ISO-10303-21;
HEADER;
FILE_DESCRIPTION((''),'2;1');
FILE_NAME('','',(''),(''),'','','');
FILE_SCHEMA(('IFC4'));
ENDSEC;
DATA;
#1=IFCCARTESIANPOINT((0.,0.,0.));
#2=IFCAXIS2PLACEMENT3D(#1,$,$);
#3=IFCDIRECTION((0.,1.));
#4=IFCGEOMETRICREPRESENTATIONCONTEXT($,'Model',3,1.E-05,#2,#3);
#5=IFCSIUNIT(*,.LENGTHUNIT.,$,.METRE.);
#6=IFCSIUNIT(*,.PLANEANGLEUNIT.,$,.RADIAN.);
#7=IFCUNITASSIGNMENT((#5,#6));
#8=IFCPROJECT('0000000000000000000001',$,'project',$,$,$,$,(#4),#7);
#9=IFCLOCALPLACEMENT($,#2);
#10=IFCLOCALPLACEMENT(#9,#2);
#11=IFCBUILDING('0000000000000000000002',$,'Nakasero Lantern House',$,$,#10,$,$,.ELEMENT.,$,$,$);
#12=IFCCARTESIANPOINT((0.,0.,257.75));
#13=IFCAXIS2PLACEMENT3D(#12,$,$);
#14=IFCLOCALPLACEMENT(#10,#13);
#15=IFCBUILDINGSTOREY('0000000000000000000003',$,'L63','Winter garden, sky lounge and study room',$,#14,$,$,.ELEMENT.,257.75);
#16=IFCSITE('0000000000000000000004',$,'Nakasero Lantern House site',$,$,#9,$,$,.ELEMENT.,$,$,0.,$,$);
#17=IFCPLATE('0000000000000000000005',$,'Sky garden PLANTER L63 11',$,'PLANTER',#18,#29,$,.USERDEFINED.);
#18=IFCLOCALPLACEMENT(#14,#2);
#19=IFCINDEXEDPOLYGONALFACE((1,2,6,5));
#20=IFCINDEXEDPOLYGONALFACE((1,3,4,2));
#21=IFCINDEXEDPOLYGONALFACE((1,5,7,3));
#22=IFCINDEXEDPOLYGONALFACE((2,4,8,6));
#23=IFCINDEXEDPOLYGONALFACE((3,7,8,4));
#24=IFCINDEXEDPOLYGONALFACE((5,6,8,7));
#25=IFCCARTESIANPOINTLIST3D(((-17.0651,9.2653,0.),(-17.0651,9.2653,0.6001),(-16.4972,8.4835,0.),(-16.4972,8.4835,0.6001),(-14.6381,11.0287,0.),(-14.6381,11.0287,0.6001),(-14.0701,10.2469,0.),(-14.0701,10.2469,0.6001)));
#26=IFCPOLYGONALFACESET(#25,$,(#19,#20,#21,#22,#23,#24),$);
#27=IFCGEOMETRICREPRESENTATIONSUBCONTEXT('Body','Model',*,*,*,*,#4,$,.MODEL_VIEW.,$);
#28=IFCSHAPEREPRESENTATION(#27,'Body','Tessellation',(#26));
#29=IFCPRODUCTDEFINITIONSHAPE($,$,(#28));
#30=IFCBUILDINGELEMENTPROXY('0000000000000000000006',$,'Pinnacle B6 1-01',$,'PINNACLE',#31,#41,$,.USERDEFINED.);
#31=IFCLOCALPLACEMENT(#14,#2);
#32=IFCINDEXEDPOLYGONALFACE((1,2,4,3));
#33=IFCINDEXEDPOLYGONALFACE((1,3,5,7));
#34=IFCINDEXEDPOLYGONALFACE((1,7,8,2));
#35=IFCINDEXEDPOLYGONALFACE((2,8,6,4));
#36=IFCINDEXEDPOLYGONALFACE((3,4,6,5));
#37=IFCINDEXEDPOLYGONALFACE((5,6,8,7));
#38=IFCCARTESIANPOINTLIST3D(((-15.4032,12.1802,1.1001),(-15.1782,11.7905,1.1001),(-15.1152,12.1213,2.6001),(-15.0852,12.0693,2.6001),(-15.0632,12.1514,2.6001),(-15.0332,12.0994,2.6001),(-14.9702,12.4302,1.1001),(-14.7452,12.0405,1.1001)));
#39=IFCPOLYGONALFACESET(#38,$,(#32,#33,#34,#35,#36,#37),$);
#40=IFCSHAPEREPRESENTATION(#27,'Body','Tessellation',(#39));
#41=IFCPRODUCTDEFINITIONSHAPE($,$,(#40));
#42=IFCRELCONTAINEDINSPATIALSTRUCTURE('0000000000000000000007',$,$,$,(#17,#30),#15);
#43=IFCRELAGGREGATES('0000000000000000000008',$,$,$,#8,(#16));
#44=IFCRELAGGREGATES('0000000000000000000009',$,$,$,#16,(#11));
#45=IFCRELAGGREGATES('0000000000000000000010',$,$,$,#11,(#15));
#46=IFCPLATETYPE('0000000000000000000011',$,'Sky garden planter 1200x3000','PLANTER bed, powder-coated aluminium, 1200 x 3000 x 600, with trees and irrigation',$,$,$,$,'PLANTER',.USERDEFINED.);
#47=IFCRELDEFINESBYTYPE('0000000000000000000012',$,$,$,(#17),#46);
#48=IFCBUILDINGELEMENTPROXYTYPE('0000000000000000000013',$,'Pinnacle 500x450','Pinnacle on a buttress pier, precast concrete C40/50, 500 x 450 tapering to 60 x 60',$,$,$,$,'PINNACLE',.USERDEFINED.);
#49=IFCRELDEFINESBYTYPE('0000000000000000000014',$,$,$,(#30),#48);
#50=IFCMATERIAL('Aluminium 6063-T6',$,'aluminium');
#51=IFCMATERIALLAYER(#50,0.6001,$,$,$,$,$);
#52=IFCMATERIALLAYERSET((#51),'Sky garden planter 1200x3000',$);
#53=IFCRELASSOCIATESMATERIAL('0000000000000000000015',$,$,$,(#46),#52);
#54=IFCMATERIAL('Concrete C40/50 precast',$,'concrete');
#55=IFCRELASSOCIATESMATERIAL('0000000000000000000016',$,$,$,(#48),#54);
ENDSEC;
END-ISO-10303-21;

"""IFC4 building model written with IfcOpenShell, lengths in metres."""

from ifc_helpers import new_model, entity, si_unit, direction, frame, origin, origin_2d, place, context, subcontext, project, spatial, rectangle, extrude, material, layer, layer_set, type_object, element, save


model = new_model("IFC4")

# Units and contexts
model_context = context("Model", 3, precision=1e-05, world=origin(), true_north=direction((0.0, 1.0)))
body_context = subcontext(model_context, "Body", "Model", "MODEL_VIEW")
ifc_project = project(units=[si_unit("LENGTHUNIT", "METRE"), si_unit("PLANEANGLEUNIT", "RADIAN")], contexts=[model_context])

# Site, building, storey
site_placement = place(None, origin())
site = spatial("IfcSite", under=ifc_project, at=site_placement, Name="Nakasero Lantern House site", CompositionType="ELEMENT", RefElevation=0.0)
building_placement = place(site_placement, origin())
building = spatial("IfcBuilding", under=site, at=building_placement, Name="Nakasero Lantern House", CompositionType="ELEMENT")
storey_placement = place(building_placement, frame((0.0, 0.0, 257.75)))
storey = spatial("IfcBuildingStorey", under=building, at=storey_placement, Name="L63", Description="Winter garden, sky lounge and study room", CompositionType="ELEMENT", Elevation=257.75)

# Plate
ifc_material_1 = material(Name="Aluminium 6063-T6", Category="aluminium")
ifc_layer_1 = layer(ifc_material_1, 0.6001)
ifc_layer_set_1 = layer_set([ifc_layer_1], Name="Sky garden planter 1200x3000")
plate_type_1 = type_object("IfcPlateType", Name="Sky garden planter 1200x3000", Description="PLANTER bed, powder-coated aluminium, 1200 x 3000 x 600, with trees and irrigation", ElementType="PLANTER", PredefinedType="USERDEFINED", material=ifc_layer_set_1)
plate_1_placement = place(storey_placement, frame((-15.5676, 9.7561, 0.0), z_axis=(0.0, 0.0, 1.0), x_axis=(-0.587785, 0.809017, 0.0)))
element("IfcPlate", 1, at=plate_1_placement, inside=storey, type_object=plate_type_1, Name="Sky garden PLANTER L63 11", ObjectType="PLANTER", PredefinedType="USERDEFINED", context=body_context, shape_type="SweptSolid", body=[
    extrude(rectangle(XDim=0.9663, YDim=3.0, at=origin_2d()), origin(), (0.0, 0.0, 1.0), 0.6001),
])

# Building element proxy
ifc_material_2 = material(Name="Concrete C40/50 precast", Category="concrete")
building_element_proxy_type = type_object("IfcBuildingElementProxyType", Name="Pinnacle 500x450", Description="Pinnacle on a buttress pier, precast concrete C40/50, 500 x 450 tapering to 60 x 60", ElementType="PINNACLE", PredefinedType="USERDEFINED", material=ifc_material_2)
proxy_placement = place(storey_placement, frame((-15.0742, 12.1104, 1.1001), z_axis=(0.0, 0.0, 1.0), x_axis=(-0.5, 0.866025, 0.0)))
element("IfcBuildingElementProxy", 2, at=proxy_placement, inside=storey, type_object=building_element_proxy_type, Name="Pinnacle B6 1-01", ObjectType="PINNACLE", PredefinedType="USERDEFINED", context=body_context, shape_type="SweptSolid", body=[
    entity("IfcExtrudedAreaSolidTapered", entity("IfcRectangleProfileDef", "AREA", None, entity("IfcAxis2Placement2D", entity("IfcCartesianPoint", [0.0, 0.0])), 0.45, 0.5), entity("IfcAxis2Placement3D", entity("IfcCartesianPoint", [0.0, 0.0, 0.0])), entity("IfcDirection", [0.0, 0.0, 1.0]), 1.5, entity("IfcRectangleProfileDef", "AREA", None, entity("IfcAxis2Placement2D", entity("IfcCartesianPoint", [0.0, 0.0])), 0.0601, 0.0601)),
])

save(model, "model.ifc")
